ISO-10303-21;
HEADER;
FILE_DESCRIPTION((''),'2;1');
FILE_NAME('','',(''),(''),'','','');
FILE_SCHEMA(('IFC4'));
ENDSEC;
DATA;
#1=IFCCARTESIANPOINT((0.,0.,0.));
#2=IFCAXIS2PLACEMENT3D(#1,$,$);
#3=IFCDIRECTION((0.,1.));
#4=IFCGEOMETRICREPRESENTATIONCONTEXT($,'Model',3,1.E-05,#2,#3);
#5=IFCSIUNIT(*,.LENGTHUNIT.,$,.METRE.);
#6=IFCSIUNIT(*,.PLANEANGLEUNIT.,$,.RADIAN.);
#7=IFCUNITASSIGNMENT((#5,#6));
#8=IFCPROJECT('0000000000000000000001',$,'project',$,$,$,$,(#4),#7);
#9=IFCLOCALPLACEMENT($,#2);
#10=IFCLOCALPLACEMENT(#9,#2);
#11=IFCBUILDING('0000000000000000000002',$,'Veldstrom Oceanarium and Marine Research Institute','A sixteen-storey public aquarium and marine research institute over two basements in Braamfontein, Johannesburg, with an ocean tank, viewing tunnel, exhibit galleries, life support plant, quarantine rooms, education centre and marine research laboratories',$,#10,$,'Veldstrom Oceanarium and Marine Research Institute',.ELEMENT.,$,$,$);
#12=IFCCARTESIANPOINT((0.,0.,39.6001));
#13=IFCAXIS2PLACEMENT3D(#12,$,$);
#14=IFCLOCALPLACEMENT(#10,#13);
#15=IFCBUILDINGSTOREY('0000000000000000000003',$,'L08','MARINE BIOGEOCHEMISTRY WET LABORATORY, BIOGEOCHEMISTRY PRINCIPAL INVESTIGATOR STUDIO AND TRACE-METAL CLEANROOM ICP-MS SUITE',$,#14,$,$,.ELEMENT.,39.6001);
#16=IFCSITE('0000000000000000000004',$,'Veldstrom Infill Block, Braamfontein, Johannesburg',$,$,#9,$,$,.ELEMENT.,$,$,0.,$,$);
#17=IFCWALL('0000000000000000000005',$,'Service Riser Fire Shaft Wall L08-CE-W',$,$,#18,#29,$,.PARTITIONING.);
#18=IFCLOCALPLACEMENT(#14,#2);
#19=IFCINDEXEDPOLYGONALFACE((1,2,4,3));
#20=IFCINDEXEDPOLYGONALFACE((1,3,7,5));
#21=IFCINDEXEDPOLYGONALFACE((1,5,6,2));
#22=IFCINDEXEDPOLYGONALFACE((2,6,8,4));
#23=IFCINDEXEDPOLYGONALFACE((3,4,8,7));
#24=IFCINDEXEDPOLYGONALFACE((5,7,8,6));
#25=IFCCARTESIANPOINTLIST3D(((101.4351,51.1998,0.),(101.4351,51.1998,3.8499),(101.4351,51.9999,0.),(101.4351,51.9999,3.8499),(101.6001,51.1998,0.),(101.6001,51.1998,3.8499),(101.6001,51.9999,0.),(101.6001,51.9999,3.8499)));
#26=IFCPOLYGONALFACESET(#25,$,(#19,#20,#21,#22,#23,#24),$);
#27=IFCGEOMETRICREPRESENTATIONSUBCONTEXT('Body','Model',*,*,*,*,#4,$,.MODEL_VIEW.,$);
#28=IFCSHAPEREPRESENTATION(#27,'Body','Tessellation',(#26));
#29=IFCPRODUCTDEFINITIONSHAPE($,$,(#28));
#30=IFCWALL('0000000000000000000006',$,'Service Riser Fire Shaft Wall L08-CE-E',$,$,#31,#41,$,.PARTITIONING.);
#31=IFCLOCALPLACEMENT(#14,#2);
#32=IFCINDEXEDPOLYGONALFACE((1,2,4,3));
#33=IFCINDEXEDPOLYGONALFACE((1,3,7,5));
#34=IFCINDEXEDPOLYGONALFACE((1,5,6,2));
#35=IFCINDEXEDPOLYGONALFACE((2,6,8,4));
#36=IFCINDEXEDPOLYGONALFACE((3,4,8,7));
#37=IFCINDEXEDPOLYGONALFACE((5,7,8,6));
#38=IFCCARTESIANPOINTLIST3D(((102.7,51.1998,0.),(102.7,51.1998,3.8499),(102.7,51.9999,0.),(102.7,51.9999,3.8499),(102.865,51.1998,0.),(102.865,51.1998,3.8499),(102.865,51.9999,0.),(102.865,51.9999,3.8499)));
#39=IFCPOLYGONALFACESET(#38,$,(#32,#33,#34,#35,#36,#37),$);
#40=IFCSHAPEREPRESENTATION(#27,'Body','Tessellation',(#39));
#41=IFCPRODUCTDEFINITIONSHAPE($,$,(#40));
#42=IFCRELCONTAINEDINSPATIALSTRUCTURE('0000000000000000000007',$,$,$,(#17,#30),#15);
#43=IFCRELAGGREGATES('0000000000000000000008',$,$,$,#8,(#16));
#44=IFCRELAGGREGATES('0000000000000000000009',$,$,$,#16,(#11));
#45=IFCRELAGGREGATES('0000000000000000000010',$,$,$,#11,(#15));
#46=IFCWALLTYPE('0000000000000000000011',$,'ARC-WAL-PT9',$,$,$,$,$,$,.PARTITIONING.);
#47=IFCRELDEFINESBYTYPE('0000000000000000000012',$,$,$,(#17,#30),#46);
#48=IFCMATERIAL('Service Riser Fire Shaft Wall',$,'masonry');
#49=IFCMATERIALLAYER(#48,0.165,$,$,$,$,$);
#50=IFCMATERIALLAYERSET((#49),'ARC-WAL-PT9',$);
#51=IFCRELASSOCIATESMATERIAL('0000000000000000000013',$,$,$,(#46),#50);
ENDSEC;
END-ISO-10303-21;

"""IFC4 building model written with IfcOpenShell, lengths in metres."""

from ifc_helpers import new_model, si_unit, direction, frame, frame_2d, origin, place, context, subcontext, project, spatial, rectangle, extrude, material, layer, layer_set, type_object, element, save


model = new_model("IFC4")

# Units and contexts
model_context = context("Model", 3, precision=1e-05, world=origin(), true_north=direction((0.0, 1.0)))
body_context = subcontext(model_context, "Body", "Model", "MODEL_VIEW")
ifc_project = project(units=[si_unit("LENGTHUNIT", "METRE"), si_unit("PLANEANGLEUNIT", "RADIAN")], contexts=[model_context])

# Site, building, storey
site_placement = place(None, origin())
site = spatial("IfcSite", under=ifc_project, at=site_placement, Name="Veldstrom Infill Block, Braamfontein, Johannesburg", CompositionType="ELEMENT", RefElevation=0.0)
building_placement = place(site_placement, origin())
building = spatial("IfcBuilding", under=site, at=building_placement, Name="Veldstrom Oceanarium and Marine Research Institute", Description="A sixteen-storey public aquarium and marine research institute over two basements in Braamfontein, Johannesburg, with an ocean tank, viewing tunnel, exhibit galleries, life support plant, quarantine rooms, education centre and marine research laboratories", LongName="Veldstrom Oceanarium and Marine Research Institute", CompositionType="ELEMENT")
storey_placement = place(building_placement, frame((0.0, 0.0, 39.6001)))
storey = spatial("IfcBuildingStorey", under=building, at=storey_placement, Name="L08", Description="MARINE BIOGEOCHEMISTRY WET LABORATORY, BIOGEOCHEMISTRY PRINCIPAL INVESTIGATOR STUDIO AND TRACE-METAL CLEANROOM ICP-MS SUITE", CompositionType="ELEMENT", Elevation=39.6001)

# Walls
ifc_material_1 = material(Name="Service Riser Fire Shaft Wall", Category="masonry")
ifc_layer_1 = layer(ifc_material_1, 0.165)
ifc_layer_set_1 = layer_set([ifc_layer_1], Name="ARC-WAL-PT9")
wall_type_1 = type_object("IfcWallType", Name="ARC-WAL-PT9", PredefinedType="PARTITIONING", material=ifc_layer_set_1)
for number, where, z_axis, x_axis, name in (
    (1, (101.5176, 51.2, 0.0), (0.0, 0.0, 1.0), (0.0, 1.0, 0.0), "Service Riser Fire Shaft Wall L08-CE-W"),
    (2, (102.7825, 51.2, 0.0), (0.0, 0.0, 1.0), (0.0, 1.0, 0.0), "Service Riser Fire Shaft Wall L08-CE-E"),
):
    element("IfcWall", number, at=place(storey_placement, frame(where, z_axis=z_axis, x_axis=x_axis)), inside=storey, type_object=wall_type_1, Name=name, PredefinedType="PARTITIONING", context=body_context, shape_type="SweptSolid", body=[
        extrude(rectangle(XDim=0.8, YDim=0.165, at=frame_2d((0.3999, 0.0))), origin(), (0.0, 0.0, 1.0), 3.8499),
    ])

save(model, "model.ifc")
